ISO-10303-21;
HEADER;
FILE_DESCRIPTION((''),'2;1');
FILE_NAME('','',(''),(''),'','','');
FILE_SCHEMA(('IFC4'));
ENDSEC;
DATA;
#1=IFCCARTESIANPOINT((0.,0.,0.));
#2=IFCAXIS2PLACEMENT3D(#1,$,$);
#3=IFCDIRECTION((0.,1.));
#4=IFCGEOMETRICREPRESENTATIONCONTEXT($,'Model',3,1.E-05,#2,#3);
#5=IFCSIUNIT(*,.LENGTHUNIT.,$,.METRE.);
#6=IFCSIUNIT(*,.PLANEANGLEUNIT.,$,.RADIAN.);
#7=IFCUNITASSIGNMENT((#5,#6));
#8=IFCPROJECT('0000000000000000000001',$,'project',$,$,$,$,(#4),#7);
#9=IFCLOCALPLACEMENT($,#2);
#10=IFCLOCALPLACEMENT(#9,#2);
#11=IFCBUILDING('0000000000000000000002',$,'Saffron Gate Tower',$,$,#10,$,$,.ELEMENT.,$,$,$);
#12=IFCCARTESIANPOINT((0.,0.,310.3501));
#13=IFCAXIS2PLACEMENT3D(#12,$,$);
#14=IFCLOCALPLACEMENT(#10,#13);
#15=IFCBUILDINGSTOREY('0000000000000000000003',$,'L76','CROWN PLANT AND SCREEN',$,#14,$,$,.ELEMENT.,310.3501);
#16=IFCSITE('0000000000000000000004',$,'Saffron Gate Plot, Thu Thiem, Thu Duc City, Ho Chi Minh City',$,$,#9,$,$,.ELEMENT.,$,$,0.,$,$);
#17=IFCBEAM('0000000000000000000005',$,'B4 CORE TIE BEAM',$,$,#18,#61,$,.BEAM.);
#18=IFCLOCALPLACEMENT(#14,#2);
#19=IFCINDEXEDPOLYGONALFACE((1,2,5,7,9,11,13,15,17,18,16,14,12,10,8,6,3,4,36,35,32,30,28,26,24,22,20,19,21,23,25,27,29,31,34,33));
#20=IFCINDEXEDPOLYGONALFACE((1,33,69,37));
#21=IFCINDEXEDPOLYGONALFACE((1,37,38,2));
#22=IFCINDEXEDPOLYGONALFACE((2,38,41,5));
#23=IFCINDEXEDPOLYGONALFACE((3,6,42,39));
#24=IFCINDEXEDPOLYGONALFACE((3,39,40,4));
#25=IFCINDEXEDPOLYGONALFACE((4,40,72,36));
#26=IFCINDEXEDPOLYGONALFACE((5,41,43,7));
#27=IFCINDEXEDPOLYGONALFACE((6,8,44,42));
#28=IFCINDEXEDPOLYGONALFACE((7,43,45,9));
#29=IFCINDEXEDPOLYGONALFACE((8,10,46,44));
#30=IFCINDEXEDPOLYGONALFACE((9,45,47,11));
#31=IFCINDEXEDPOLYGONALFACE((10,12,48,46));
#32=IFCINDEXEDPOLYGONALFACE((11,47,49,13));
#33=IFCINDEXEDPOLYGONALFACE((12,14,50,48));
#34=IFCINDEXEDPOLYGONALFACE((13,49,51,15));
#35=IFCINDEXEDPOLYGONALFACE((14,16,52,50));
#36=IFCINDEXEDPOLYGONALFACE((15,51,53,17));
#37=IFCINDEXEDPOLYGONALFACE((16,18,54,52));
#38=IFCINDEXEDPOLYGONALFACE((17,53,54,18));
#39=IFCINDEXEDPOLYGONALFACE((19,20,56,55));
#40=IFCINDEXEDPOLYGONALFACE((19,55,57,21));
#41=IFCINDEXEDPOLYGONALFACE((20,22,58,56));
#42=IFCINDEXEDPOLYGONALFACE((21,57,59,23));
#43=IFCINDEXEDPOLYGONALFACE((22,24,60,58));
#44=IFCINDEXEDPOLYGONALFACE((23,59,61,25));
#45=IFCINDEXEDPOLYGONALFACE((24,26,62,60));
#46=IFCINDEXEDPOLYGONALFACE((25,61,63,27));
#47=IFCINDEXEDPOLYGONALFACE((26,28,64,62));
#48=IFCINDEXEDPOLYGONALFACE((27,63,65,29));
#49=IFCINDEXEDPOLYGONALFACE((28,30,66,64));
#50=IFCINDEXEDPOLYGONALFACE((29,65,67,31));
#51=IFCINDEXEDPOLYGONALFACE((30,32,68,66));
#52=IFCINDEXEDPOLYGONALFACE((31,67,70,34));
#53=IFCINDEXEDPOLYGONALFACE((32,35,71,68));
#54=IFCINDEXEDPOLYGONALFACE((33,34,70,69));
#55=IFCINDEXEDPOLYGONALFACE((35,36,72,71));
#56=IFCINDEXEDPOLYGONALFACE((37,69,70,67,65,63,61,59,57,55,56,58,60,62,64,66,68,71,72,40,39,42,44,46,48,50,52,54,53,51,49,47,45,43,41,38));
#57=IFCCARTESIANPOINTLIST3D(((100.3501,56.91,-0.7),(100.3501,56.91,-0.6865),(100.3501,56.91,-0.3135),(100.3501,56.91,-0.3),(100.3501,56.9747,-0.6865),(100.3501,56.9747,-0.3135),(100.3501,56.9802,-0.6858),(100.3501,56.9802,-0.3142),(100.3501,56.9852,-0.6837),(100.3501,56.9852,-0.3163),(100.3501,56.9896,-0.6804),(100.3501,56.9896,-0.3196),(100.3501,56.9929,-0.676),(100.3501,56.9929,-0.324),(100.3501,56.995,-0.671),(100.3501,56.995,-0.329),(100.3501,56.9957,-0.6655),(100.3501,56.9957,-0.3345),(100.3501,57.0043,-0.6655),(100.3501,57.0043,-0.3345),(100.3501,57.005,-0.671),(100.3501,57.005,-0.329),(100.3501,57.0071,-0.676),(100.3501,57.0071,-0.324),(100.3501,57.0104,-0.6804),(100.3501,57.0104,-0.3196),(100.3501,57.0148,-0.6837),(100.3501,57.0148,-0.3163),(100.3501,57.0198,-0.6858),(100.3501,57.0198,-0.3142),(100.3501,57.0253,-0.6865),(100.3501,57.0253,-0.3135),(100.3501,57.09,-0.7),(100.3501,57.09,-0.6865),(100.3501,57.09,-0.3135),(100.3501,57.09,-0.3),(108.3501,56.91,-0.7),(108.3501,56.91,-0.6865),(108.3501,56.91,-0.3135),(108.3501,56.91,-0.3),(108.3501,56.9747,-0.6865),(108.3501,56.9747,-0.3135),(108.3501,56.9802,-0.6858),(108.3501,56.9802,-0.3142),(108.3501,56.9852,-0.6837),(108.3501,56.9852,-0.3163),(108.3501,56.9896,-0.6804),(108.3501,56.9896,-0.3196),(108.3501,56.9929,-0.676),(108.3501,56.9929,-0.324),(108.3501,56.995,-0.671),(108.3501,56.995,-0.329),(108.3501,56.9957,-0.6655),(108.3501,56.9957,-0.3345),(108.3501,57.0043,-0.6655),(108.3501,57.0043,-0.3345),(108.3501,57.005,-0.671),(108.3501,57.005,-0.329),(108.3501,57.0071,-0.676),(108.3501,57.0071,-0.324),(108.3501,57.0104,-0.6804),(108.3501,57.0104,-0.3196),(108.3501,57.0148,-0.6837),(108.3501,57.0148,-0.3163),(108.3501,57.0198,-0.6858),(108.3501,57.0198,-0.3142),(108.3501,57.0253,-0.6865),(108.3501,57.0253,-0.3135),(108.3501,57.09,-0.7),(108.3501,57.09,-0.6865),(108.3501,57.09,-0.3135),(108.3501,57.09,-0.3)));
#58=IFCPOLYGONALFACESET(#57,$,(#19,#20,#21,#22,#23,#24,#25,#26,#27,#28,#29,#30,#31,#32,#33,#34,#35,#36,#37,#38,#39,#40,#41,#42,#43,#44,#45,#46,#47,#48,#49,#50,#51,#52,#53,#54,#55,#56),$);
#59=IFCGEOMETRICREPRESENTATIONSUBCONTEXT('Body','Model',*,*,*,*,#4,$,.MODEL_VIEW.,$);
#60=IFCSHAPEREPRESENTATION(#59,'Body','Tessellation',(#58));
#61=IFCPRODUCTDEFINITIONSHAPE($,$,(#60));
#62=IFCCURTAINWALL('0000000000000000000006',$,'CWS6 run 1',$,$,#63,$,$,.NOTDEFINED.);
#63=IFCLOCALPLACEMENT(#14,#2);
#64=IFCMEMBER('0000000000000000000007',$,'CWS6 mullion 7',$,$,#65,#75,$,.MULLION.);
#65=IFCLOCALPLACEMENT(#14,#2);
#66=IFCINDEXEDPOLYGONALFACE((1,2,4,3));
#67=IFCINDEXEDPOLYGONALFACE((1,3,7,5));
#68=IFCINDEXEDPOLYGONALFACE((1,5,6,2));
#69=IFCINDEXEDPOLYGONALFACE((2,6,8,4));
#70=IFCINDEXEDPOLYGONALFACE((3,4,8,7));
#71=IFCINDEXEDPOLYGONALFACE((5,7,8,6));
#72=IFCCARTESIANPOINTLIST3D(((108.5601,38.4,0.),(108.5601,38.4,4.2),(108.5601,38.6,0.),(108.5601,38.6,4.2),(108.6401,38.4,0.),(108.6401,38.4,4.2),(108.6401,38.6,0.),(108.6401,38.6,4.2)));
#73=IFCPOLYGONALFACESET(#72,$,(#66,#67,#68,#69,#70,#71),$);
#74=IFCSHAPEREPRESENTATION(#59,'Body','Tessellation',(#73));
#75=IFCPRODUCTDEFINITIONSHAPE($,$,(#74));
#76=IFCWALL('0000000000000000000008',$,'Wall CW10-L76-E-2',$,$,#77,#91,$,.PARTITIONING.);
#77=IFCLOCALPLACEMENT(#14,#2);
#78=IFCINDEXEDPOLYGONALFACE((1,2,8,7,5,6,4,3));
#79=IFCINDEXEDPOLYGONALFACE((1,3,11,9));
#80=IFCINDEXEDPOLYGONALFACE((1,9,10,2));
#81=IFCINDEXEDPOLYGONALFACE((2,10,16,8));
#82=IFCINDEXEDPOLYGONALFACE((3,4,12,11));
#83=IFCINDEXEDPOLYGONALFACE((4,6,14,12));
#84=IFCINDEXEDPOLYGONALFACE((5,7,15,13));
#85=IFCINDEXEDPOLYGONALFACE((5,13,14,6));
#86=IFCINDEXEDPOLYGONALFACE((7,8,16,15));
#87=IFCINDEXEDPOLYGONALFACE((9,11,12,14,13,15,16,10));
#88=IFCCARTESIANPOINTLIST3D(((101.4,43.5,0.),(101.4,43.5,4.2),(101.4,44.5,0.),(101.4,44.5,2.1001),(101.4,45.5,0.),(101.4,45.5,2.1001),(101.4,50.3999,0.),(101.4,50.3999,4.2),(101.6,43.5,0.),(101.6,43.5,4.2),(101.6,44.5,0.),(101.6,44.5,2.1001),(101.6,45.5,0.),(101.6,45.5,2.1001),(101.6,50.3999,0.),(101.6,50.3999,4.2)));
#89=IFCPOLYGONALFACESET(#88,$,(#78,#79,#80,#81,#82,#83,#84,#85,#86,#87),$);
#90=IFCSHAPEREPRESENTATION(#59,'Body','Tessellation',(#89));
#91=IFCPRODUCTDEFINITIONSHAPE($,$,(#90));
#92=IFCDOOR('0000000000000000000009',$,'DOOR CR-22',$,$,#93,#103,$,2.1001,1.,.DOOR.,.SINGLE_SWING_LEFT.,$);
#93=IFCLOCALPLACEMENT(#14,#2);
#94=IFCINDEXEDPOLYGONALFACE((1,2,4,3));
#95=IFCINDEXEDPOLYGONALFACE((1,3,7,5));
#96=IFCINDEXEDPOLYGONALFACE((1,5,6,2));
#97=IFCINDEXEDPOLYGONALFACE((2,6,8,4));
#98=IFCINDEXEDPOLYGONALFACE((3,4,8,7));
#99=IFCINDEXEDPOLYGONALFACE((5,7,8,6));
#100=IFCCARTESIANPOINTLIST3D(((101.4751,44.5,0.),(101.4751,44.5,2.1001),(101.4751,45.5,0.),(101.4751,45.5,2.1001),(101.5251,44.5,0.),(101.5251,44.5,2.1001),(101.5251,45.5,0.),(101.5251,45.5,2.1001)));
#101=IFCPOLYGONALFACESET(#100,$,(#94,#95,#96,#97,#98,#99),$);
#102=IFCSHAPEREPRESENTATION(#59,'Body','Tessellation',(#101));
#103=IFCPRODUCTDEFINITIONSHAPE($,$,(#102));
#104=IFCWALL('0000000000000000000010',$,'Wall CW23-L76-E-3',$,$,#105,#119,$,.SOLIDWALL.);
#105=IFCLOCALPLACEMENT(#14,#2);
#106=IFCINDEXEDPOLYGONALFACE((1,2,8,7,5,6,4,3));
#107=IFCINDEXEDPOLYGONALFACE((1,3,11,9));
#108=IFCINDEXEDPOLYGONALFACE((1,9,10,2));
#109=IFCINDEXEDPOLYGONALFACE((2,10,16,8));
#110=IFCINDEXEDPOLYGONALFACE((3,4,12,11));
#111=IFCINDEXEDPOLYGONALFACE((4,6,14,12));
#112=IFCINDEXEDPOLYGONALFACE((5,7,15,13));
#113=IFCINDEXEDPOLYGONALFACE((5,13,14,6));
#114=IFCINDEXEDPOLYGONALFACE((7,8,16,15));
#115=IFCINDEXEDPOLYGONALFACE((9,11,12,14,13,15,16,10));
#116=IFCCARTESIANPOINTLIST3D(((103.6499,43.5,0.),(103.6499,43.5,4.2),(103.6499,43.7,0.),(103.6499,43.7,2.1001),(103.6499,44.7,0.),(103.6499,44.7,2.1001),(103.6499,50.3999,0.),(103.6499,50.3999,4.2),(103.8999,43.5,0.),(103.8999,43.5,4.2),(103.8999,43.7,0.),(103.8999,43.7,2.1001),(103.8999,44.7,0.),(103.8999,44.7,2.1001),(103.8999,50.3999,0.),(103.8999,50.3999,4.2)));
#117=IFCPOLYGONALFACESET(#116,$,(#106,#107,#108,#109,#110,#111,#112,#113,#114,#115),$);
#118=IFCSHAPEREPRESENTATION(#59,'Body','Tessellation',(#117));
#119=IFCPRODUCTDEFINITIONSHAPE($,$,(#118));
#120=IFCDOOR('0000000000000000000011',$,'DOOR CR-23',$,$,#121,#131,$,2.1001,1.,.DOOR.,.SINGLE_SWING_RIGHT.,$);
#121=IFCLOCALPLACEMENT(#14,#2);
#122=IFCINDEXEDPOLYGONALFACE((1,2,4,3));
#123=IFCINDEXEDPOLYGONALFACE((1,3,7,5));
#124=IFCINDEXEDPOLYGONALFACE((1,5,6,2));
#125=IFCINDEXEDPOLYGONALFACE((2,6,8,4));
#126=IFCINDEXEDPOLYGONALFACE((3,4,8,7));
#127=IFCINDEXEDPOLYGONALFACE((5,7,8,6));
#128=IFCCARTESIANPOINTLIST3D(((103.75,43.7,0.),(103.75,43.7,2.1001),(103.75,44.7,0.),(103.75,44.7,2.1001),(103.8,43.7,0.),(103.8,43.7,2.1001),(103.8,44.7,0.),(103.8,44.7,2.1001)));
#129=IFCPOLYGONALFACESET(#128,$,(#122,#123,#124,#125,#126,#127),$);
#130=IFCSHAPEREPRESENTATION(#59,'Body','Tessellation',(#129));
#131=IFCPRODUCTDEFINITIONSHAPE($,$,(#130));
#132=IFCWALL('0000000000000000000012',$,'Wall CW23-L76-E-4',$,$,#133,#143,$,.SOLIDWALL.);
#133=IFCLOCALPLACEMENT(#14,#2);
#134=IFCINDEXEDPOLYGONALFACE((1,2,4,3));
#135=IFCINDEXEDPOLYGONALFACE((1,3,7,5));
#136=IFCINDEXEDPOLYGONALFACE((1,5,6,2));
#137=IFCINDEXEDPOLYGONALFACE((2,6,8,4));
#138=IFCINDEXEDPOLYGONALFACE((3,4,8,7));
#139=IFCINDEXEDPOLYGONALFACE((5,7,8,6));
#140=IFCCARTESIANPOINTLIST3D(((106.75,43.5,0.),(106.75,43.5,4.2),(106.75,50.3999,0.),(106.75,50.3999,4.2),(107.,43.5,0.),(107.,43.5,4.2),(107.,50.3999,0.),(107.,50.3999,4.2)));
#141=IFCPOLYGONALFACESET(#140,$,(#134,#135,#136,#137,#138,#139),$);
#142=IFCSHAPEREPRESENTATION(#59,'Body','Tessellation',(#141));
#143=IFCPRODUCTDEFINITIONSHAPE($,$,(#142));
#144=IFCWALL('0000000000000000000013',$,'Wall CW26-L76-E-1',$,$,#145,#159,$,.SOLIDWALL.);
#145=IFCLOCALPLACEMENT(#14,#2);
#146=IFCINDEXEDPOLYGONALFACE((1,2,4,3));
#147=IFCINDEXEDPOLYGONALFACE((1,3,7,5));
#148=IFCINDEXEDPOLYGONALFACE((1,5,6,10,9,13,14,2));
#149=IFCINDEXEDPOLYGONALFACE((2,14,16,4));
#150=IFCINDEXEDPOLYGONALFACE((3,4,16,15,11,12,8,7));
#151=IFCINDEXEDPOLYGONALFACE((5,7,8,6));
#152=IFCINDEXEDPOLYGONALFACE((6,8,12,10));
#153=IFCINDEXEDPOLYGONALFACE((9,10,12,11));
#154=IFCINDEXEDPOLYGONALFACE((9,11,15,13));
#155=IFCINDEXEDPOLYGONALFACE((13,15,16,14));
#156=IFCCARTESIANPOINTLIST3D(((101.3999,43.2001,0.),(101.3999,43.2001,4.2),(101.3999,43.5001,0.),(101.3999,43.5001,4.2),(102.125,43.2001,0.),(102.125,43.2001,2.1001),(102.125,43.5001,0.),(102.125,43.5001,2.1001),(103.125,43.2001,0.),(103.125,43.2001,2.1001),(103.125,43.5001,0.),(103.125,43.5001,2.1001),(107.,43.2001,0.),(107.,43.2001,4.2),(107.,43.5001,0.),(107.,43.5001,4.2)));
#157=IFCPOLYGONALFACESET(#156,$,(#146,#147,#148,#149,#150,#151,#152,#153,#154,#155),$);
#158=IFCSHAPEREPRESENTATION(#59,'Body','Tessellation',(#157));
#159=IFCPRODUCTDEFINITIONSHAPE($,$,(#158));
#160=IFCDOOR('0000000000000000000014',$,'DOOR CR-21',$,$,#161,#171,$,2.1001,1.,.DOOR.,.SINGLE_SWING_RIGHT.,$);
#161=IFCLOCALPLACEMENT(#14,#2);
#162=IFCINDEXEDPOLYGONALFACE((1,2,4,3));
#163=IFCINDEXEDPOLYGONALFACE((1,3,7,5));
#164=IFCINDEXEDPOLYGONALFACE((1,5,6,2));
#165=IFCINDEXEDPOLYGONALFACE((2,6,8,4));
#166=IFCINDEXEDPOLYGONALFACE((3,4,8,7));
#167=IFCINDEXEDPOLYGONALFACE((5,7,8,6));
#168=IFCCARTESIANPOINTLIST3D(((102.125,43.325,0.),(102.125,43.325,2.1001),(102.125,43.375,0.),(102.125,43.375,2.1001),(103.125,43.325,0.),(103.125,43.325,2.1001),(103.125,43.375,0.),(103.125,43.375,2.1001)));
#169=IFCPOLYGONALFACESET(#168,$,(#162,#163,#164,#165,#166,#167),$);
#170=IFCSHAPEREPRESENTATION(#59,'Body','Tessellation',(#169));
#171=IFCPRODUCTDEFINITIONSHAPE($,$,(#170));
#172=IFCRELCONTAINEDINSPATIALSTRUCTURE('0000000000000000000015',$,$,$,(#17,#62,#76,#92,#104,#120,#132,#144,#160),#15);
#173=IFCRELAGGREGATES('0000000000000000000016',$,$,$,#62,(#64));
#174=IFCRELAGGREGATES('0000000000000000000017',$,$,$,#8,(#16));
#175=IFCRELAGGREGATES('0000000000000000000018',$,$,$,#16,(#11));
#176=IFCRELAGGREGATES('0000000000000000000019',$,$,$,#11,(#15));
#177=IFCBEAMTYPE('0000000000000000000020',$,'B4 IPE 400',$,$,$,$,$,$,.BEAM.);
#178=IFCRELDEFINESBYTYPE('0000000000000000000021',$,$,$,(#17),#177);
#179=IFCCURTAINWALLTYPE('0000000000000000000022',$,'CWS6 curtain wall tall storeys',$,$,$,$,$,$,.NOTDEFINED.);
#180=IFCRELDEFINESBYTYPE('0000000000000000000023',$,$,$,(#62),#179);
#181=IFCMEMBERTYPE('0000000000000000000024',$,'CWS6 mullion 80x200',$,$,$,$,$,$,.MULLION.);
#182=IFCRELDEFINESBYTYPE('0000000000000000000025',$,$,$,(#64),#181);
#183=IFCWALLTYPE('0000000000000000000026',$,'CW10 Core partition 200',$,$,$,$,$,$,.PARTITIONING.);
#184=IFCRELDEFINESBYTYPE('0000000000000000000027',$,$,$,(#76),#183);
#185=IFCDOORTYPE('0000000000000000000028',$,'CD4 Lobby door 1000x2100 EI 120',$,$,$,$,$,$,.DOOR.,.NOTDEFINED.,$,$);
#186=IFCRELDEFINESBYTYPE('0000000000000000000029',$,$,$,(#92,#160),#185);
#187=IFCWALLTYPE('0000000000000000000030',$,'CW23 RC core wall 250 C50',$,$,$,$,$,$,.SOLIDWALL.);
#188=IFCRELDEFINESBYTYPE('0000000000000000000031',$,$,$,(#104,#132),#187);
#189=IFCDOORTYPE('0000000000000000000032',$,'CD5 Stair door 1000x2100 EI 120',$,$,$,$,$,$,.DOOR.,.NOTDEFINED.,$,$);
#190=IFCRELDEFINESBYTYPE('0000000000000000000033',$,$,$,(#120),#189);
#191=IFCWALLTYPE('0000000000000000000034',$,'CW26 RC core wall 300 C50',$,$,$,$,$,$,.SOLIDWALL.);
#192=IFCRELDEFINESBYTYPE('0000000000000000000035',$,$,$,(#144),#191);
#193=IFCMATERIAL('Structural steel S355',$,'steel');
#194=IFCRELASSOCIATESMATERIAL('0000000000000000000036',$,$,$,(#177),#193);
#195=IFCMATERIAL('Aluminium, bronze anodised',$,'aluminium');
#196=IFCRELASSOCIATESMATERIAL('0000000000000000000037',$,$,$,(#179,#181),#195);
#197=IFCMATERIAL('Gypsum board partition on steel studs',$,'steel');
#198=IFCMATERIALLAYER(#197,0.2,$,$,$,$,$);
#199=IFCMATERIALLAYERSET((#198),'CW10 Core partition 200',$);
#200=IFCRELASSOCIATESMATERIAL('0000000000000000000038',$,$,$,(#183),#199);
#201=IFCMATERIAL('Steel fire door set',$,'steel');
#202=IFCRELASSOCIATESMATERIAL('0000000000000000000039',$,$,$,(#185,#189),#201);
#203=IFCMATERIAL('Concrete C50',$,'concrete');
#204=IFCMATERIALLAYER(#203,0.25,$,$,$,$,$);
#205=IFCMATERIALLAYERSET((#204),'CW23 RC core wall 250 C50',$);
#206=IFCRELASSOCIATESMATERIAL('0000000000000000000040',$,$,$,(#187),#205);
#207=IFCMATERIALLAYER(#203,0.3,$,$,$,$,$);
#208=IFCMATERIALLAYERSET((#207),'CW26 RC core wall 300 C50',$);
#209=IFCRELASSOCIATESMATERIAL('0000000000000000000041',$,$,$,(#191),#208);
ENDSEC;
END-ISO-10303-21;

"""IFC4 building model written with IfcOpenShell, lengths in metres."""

from ifc_helpers import new_model, si_unit, direction, frame, frame_2d, origin, origin_2d, place, context, subcontext, project, spatial, rectangle, i_section, extrude, material, layer, layer_set, material_profile, profile_set, type_object, element, fill, aggregate, save


model = new_model("IFC4")

# Units and contexts
model_context = context("Model", 3, precision=1e-05, world=origin(), true_north=direction((0.0, 1.0)))
body_context = subcontext(model_context, "Body", "Model", "MODEL_VIEW")
ifc_project = project(units=[si_unit("LENGTHUNIT", "METRE"), si_unit("PLANEANGLEUNIT", "RADIAN")], contexts=[model_context])

# Site, building, storey
site_placement = place(None, origin())
site = spatial("IfcSite", under=ifc_project, at=site_placement, Name="Saffron Gate Plot, Thu Thiem, Thu Duc City, Ho Chi Minh City", CompositionType="ELEMENT", RefElevation=0.0)
building_placement = place(site_placement, origin())
building = spatial("IfcBuilding", under=site, at=building_placement, Name="Saffron Gate Tower", CompositionType="ELEMENT")
storey_placement = place(building_placement, frame((0.0, 0.0, 310.3501)))
storey = spatial("IfcBuildingStorey", under=building, at=storey_placement, Name="L76", Description="CROWN PLANT AND SCREEN", CompositionType="ELEMENT", Elevation=310.3501)

# Beam
ifc_material_1 = material(Name="Structural steel S355", Category="steel")
ifc_material_profile_1 = material_profile(ifc_material_1, i_section(OverallWidth=0.1799, OverallDepth=0.3999, WebThickness=0.0085, FlangeThickness=0.0134, FilletRadius=0.021, at=origin_2d()))
ifc_profile_set_1 = profile_set([ifc_material_profile_1], Name="Structural steel S355")
beam_type = type_object("IfcBeamType", Name="B4 IPE 400", PredefinedType="BEAM", material=ifc_profile_set_1)
beam_placement = place(storey_placement, frame((108.3501, 57.0, -0.5), z_axis=(-1.0, 0.0, 0.0), x_axis=(0.0, -1.0, 0.0)))
element("IfcBeam", 1, at=beam_placement, inside=storey, type_object=beam_type, Name="B4 CORE TIE BEAM", PredefinedType="BEAM", context=body_context, shape_type="SweptSolid", body=[
    extrude(i_section(OverallWidth=0.1799, OverallDepth=0.3999, WebThickness=0.0085, FlangeThickness=0.0134, FilletRadius=0.021, at=origin_2d()), origin(), (0.0, 0.0, 1.0), 8.0),
])

# Curtain wall, member
ifc_material_2 = material(Name="Aluminium, bronze anodised", Category="aluminium")
curtain_wall_type = type_object("IfcCurtainWallType", Name="CWS6 curtain wall tall storeys", PredefinedType="NOTDEFINED", material=ifc_material_2)
curtain_wall_placement = place(storey_placement, origin())
curtain_wall = element("IfcCurtainWall", 2, at=curtain_wall_placement, inside=storey, type_object=curtain_wall_type, Name="CWS6 run 1", PredefinedType="NOTDEFINED")
ifc_material_profile_2 = material_profile(ifc_material_2, rectangle(XDim=0.2, YDim=0.0801, at=origin_2d()))
ifc_profile_set_2 = profile_set([ifc_material_profile_2], Name="Aluminium, bronze anodised")
member_type = type_object("IfcMemberType", Name="CWS6 mullion 80x200", PredefinedType="MULLION", material=ifc_profile_set_2)
member_placement = place(storey_placement, frame((108.6001, 38.5, 0.0), z_axis=(0.0, 0.0, 1.0), x_axis=(0.0, 1.0, 0.0)))
member = element("IfcMember", 3, at=member_placement, type_object=member_type, Name="CWS6 mullion 7", PredefinedType="MULLION", context=body_context, shape_type="SweptSolid", body=[
    extrude(rectangle(XDim=0.2, YDim=0.0801, at=origin_2d()), origin(), (0.0, 0.0, 1.0), 4.2),
])
aggregate(curtain_wall, [member])

# Walls, openings, doors
ifc_material_3 = material(Name="Gypsum board partition on steel studs", Category="steel")
ifc_layer_1 = layer(ifc_material_3, 0.2)
ifc_layer_set_1 = layer_set([ifc_layer_1], Name="CW10 Core partition 200")
wall_type_1 = type_object("IfcWallType", Name="CW10 Core partition 200", PredefinedType="PARTITIONING", material=ifc_layer_set_1)
wall_1_placement = place(storey_placement, frame((101.5, 43.5, 0.0), z_axis=(0.0, 0.0, 1.0), x_axis=(0.0, 1.0, 0.0)))
wall_1 = element("IfcWall", 4, at=wall_1_placement, inside=storey, type_object=wall_type_1, Name="Wall CW10-L76-E-2", PredefinedType="PARTITIONING", context=body_context, shape_type="SweptSolid", body=[
    extrude(rectangle(XDim=6.8999, YDim=0.2, at=frame_2d((3.45, 0.0))), origin(), (0.0, 0.0, 1.0), 4.2),
])
opening_1_placement = place(wall_1_placement, frame((1.0, 0.0, 0.0)))
opening_1 = element("IfcOpeningElement", 5, at=opening_1_placement, cuts=wall_1, PredefinedType="OPENING", context=body_context, shape_type="SweptSolid", body=[
    extrude(rectangle(XDim=1.0, YDim=2.1001, at=frame_2d((0.5, 1.05))), frame((0.0, 0.1099, 0.0), z_axis=(0.0, -1.0, 0.0), x_axis=(1.0, 0.0, 0.0)), (0.0, 0.0, 1.0), 0.22),
])
ifc_material_4 = material(Name="Steel fire door set", Category="steel")
door_type_1 = type_object("IfcDoorType", Name="CD4 Lobby door 1000x2100 EI 120", OperationType="NOTDEFINED", PredefinedType="DOOR", material=ifc_material_4)
door_1_placement = place(opening_1_placement, origin())
door_1 = element("IfcDoor", 6, at=door_1_placement, inside=storey, type_object=door_type_1, Name="DOOR CR-22", OperationType="SINGLE_SWING_LEFT", OverallHeight=2.1001, OverallWidth=1.0, PredefinedType="DOOR", context=body_context, shape_type="SweptSolid", body=[
    extrude(rectangle(XDim=1.0, YDim=2.1001, at=frame_2d((0.5, 1.05))), frame((0.0, 0.0249, 0.0), z_axis=(0.0, -1.0, 0.0), x_axis=(1.0, 0.0, 0.0)), (0.0, 0.0, 1.0), 0.05),
])
fill(opening_1, door_1)
ifc_material_5 = material(Name="Concrete C50", Category="concrete")
ifc_layer_2 = layer(ifc_material_5, 0.25)
ifc_layer_set_2 = layer_set([ifc_layer_2], Name="CW23 RC core wall 250 C50")
wall_type_2 = type_object("IfcWallType", Name="CW23 RC core wall 250 C50", PredefinedType="SOLIDWALL", material=ifc_layer_set_2)
wall_2_placement = place(storey_placement, frame((103.7749, 43.5, 0.0), z_axis=(0.0, 0.0, 1.0), x_axis=(0.0, 1.0, 0.0)))
wall_2 = element("IfcWall", 7, at=wall_2_placement, inside=storey, type_object=wall_type_2, Name="Wall CW23-L76-E-3", PredefinedType="SOLIDWALL", context=body_context, shape_type="SweptSolid", body=[
    extrude(rectangle(XDim=6.8999, YDim=0.25, at=frame_2d((3.45, 0.0))), origin(), (0.0, 0.0, 1.0), 4.2),
])
opening_2_placement = place(wall_2_placement, frame((0.2, 0.0, 0.0)))
opening_2 = element("IfcOpeningElement", 8, at=opening_2_placement, cuts=wall_2, PredefinedType="OPENING", context=body_context, shape_type="SweptSolid", body=[
    extrude(rectangle(XDim=1.0, YDim=2.1001, at=frame_2d((0.5, 1.05))), frame((0.0, 0.135, 0.0), z_axis=(0.0, -1.0, 0.0), x_axis=(1.0, 0.0, 0.0)), (0.0, 0.0, 1.0), 0.27),
])
door_type_2 = type_object("IfcDoorType", Name="CD5 Stair door 1000x2100 EI 120", OperationType="NOTDEFINED", PredefinedType="DOOR", material=ifc_material_4)
door_2_placement = place(opening_2_placement, origin())
door_2 = element("IfcDoor", 9, at=door_2_placement, inside=storey, type_object=door_type_2, Name="DOOR CR-23", OperationType="SINGLE_SWING_RIGHT", OverallHeight=2.1001, OverallWidth=1.0, PredefinedType="DOOR", context=body_context, shape_type="SweptSolid", body=[
    extrude(rectangle(XDim=1.0, YDim=2.1001, at=frame_2d((0.5, 1.05))), frame((0.0, 0.0249, 0.0), z_axis=(0.0, -1.0, 0.0), x_axis=(1.0, 0.0, 0.0)), (0.0, 0.0, 1.0), 0.05),
])
fill(opening_2, door_2)

# Wall
wall_3_placement = place(storey_placement, frame((106.875, 43.5, 0.0), z_axis=(0.0, 0.0, 1.0), x_axis=(0.0, 1.0, 0.0)))
element("IfcWall", 10, at=wall_3_placement, inside=storey, type_object=wall_type_2, Name="Wall CW23-L76-E-4", PredefinedType="SOLIDWALL", context=body_context, shape_type="SweptSolid", body=[
    extrude(rectangle(XDim=6.8999, YDim=0.25, at=frame_2d((3.45, 0.0))), origin(), (0.0, 0.0, 1.0), 4.2),
])

# Wall, opening, door
ifc_layer_3 = layer(ifc_material_5, 0.3)
ifc_layer_set_3 = layer_set([ifc_layer_3], Name="CW26 RC core wall 300 C50")
wall_type_3 = type_object("IfcWallType", Name="CW26 RC core wall 300 C50", PredefinedType="SOLIDWALL", material=ifc_layer_set_3)
wall_4_placement = place(storey_placement, frame((101.3999, 43.3501, 0.0), z_axis=(0.0, 0.0, 1.0), x_axis=(1.0, 0.0, 0.0)))
wall_4 = element("IfcWall", 11, at=wall_4_placement, inside=storey, type_object=wall_type_3, Name="Wall CW26-L76-E-1", PredefinedType="SOLIDWALL", context=body_context, shape_type="SweptSolid", body=[
    extrude(rectangle(XDim=5.6001, YDim=0.3, at=frame_2d((2.8, 0.0))), origin(), (0.0, 0.0, 1.0), 4.2),
])
opening_3_placement = place(wall_4_placement, frame((0.7251, 0.0, 0.0)))
opening_3 = element("IfcOpeningElement", 12, at=opening_3_placement, cuts=wall_4, PredefinedType="OPENING", context=body_context, shape_type="SweptSolid", body=[
    extrude(rectangle(XDim=1.0, YDim=2.1001, at=frame_2d((0.5, 1.05))), frame((0.0, 0.1602, 0.0), z_axis=(0.0, -1.0, 0.0), x_axis=(1.0, 0.0, 0.0)), (0.0, 0.0, 1.0), 0.3201),
])
door_3_placement = place(opening_3_placement, origin())
door_3 = element("IfcDoor", 13, at=door_3_placement, inside=storey, type_object=door_type_1, Name="DOOR CR-21", OperationType="SINGLE_SWING_RIGHT", OverallHeight=2.1001, OverallWidth=1.0, PredefinedType="DOOR", context=body_context, shape_type="SweptSolid", body=[
    extrude(rectangle(XDim=1.0, YDim=2.1001, at=frame_2d((0.5, 1.05))), frame((0.0, 0.0249, 0.0), z_axis=(0.0, -1.0, 0.0), x_axis=(1.0, 0.0, 0.0)), (0.0, 0.0, 1.0), 0.05),
])
fill(opening_3, door_3)

save(model, "model.ifc")
